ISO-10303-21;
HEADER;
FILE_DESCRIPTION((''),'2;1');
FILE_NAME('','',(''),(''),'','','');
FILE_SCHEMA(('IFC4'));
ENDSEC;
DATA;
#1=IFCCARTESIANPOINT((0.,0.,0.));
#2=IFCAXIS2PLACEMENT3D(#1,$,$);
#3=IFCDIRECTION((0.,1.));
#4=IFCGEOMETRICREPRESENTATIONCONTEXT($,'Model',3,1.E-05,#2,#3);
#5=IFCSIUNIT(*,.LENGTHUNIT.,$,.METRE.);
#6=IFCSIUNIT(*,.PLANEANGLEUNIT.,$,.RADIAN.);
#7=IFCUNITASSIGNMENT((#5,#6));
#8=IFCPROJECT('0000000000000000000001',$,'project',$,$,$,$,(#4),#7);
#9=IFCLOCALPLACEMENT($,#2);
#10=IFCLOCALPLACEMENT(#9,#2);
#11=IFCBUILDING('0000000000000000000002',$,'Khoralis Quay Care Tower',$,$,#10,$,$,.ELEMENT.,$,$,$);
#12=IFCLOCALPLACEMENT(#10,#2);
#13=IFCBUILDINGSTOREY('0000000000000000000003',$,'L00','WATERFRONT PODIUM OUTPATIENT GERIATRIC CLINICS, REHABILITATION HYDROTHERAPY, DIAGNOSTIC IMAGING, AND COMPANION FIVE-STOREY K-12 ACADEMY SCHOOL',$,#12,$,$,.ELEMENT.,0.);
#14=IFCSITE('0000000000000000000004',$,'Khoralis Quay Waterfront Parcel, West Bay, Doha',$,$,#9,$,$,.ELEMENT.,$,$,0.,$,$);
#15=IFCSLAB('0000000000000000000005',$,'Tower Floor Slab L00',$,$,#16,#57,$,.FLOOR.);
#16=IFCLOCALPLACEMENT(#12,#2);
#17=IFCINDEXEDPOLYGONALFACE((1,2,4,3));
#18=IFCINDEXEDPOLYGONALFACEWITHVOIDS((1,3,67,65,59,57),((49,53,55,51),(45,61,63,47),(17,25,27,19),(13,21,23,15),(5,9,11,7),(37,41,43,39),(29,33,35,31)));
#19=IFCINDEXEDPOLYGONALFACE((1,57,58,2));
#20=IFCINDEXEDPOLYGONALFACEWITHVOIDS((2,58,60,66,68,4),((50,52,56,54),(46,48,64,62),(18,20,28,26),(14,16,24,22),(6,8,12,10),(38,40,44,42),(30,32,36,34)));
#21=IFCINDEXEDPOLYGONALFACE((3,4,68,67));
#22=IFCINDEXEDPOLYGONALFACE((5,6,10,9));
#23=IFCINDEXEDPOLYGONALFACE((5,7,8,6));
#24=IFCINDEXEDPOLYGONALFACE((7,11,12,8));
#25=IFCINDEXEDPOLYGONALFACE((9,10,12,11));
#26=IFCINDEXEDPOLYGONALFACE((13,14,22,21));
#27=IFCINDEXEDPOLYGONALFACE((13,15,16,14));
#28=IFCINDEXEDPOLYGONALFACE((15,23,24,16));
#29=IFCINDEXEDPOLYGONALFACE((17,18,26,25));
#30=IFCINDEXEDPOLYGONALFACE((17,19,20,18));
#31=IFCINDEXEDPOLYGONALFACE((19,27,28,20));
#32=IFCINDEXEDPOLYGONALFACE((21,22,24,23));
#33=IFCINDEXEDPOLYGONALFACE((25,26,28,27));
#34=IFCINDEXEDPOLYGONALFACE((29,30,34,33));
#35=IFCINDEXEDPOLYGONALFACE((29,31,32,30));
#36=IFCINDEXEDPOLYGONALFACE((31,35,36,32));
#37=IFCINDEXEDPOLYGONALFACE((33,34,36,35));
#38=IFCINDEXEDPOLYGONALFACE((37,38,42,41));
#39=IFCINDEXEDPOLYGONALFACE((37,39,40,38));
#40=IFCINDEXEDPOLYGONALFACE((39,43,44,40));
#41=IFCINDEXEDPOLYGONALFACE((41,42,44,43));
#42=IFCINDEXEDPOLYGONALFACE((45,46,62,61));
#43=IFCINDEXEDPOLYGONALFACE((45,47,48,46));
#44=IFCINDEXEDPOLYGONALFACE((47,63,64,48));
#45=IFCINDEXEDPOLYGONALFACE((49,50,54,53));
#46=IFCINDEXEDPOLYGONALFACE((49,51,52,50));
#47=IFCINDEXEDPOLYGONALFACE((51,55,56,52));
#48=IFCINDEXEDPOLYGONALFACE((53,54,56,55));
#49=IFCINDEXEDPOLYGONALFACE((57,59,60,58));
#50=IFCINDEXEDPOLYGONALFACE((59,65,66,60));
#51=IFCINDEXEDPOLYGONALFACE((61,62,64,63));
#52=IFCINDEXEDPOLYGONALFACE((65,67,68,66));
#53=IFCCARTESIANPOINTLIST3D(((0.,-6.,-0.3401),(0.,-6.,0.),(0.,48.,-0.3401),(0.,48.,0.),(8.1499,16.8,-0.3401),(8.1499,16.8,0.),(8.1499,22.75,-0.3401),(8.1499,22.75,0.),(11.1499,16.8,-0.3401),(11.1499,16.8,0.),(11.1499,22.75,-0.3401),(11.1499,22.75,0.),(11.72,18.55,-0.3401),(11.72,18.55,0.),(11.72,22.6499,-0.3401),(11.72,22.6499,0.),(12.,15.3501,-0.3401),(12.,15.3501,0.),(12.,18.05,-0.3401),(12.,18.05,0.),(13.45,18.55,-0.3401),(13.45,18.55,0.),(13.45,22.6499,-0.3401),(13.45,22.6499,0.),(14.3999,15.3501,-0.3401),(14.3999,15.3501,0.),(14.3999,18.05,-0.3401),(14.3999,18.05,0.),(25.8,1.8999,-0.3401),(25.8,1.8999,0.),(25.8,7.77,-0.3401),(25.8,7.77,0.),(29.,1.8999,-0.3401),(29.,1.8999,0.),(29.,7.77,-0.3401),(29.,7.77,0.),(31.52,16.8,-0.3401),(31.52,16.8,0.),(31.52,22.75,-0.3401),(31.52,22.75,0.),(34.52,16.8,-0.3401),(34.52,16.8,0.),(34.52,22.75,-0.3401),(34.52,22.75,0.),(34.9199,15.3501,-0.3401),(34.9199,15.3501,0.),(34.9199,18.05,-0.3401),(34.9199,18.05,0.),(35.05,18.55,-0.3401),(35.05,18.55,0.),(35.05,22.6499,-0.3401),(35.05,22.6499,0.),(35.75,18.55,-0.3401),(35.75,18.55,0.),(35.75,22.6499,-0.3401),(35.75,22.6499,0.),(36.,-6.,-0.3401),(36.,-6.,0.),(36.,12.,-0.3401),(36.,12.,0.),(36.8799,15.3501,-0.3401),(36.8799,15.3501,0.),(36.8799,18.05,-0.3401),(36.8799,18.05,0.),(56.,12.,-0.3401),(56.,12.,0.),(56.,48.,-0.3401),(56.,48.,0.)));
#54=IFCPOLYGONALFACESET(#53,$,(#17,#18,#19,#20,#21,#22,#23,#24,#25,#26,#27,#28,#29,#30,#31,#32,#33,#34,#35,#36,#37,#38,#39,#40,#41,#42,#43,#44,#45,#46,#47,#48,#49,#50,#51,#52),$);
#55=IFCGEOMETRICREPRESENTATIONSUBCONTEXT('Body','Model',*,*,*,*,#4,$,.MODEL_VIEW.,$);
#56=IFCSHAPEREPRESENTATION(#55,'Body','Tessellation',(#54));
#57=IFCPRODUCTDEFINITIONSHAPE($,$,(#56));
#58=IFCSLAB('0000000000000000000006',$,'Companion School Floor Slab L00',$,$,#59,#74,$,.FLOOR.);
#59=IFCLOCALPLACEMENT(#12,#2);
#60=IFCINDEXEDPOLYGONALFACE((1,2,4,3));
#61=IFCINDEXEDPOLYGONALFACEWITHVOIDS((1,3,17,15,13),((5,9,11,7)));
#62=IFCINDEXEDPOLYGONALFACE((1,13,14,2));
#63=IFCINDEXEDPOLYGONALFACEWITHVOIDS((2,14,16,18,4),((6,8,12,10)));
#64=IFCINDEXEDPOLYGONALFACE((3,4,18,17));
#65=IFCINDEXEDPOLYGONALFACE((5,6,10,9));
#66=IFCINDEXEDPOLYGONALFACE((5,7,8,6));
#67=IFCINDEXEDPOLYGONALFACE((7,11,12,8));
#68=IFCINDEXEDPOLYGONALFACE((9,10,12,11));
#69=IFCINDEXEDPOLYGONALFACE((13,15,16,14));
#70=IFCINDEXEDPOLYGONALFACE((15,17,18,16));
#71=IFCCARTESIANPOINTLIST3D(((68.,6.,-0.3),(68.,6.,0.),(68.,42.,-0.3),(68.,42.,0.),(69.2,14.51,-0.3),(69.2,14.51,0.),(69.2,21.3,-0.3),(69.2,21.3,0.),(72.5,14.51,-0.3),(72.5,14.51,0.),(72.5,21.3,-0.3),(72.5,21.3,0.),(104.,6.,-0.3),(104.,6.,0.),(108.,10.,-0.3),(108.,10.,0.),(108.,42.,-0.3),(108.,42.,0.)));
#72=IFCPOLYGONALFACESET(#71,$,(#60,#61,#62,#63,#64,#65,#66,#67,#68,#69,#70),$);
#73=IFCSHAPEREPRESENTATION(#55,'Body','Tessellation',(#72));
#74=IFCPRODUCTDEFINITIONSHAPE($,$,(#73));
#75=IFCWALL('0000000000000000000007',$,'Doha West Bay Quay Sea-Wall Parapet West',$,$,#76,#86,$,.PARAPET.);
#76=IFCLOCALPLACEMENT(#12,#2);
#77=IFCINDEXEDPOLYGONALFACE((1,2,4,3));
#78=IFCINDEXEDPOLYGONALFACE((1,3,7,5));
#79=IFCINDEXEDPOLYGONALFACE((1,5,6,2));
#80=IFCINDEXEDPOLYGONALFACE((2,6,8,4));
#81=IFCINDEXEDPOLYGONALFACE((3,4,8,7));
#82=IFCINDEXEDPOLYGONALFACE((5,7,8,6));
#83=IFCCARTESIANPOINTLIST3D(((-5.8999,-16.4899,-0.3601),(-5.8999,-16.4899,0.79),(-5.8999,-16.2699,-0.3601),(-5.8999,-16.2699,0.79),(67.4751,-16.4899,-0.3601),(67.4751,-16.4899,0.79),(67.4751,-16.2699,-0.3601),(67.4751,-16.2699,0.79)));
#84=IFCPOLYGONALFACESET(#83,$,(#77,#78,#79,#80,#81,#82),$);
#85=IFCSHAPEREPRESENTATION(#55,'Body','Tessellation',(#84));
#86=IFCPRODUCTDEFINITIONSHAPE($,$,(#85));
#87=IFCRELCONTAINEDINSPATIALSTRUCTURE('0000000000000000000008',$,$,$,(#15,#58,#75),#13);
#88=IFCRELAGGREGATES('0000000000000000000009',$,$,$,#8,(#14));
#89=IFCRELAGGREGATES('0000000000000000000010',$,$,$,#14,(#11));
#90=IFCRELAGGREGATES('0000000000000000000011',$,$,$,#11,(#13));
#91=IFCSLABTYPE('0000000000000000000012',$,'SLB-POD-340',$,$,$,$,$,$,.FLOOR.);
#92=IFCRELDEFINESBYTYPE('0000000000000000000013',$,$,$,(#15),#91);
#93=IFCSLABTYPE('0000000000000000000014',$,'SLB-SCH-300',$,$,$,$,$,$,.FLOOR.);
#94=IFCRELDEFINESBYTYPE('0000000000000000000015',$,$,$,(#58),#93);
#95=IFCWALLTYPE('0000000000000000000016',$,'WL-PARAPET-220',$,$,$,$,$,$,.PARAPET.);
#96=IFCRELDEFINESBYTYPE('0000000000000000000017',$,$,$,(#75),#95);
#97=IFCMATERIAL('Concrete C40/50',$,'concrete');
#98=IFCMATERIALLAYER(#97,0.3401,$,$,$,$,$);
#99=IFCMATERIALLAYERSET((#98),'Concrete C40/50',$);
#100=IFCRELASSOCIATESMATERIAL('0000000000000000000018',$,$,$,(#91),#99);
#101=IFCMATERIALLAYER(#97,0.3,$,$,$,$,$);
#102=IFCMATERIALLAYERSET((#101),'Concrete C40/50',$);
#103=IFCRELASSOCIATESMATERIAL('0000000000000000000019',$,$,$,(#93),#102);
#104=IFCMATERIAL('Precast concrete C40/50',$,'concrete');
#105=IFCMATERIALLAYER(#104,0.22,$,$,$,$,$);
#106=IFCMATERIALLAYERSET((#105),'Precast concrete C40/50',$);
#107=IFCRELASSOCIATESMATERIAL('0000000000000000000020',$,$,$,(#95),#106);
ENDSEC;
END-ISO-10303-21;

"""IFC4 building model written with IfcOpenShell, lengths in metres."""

from ifc_helpers import new_model, si_unit, direction, frame, frame_2d, origin, place, context, subcontext, project, spatial, polyline, rectangle, outline, extrude, material, layer, layer_set, type_object, element, save


model = new_model("IFC4")

# Units and contexts
model_context = context("Model", 3, precision=1e-05, world=origin(), true_north=direction((0.0, 1.0)))
body_context = subcontext(model_context, "Body", "Model", "MODEL_VIEW")
ifc_project = project(units=[si_unit("LENGTHUNIT", "METRE"), si_unit("PLANEANGLEUNIT", "RADIAN")], contexts=[model_context])

# Site, building, storey
site_placement = place(None, origin())
site = spatial("IfcSite", under=ifc_project, at=site_placement, Name="Khoralis Quay Waterfront Parcel, West Bay, Doha", CompositionType="ELEMENT", RefElevation=0.0)
building_placement = place(site_placement, origin())
building = spatial("IfcBuilding", under=site, at=building_placement, Name="Khoralis Quay Care Tower", CompositionType="ELEMENT")
storey_placement = place(building_placement, origin())
storey = spatial("IfcBuildingStorey", under=building, at=storey_placement, Name="L00", Description="WATERFRONT PODIUM OUTPATIENT GERIATRIC CLINICS, REHABILITATION HYDROTHERAPY, DIAGNOSTIC IMAGING, AND COMPANION FIVE-STOREY K-12 ACADEMY SCHOOL", CompositionType="ELEMENT", Elevation=0.0)

# Slabs
ifc_material_1 = material(Name="Concrete C40/50", Category="concrete")
ifc_layer_1 = layer(ifc_material_1, 0.3401)
ifc_layer_set_1 = layer_set([ifc_layer_1], Name="Concrete C40/50")
slab_type_1 = type_object("IfcSlabType", Name="SLB-POD-340", PredefinedType="FLOOR", material=ifc_layer_set_1)
slab_1_placement = place(storey_placement, frame((0.0, 0.0, -0.3401)))
element("IfcSlab", 1, at=slab_1_placement, inside=storey, type_object=slab_type_1, Name="Tower Floor Slab L00", PredefinedType="FLOOR", context=body_context, shape_type="SweptSolid", body=[
    extrude(outline(polyline([(0.0, -6.0), (36.0, -6.0), (36.0, 12.0), (56.0, 12.0), (56.0, 48.0), (0.0, 48.0), (0.0, -6.0)]), holes=[polyline([(11.1499, 16.8), (11.1499, 22.75), (8.1499, 22.75), (8.1499, 16.8), (11.1499, 16.8)]), polyline([(34.52, 16.8), (34.52, 22.75), (31.52, 22.75), (31.52, 16.8), (34.52, 16.8)]), polyline([(25.8, 7.77), (25.8, 1.8999), (29.0, 1.8999), (29.0, 7.77), (25.8, 7.77)]), polyline([(12.0, 15.3501), (14.3999, 15.3501), (14.3999, 18.05), (12.0, 18.05), (12.0, 15.3501)]), polyline([(34.9199, 15.3501), (36.8799, 15.3501), (36.8799, 18.05), (34.9199, 18.05), (34.9199, 15.3501)]), polyline([(11.72, 18.55), (13.45, 18.55), (13.45, 22.6499), (11.72, 22.6499), (11.72, 18.55)]), polyline([(35.05, 18.55), (35.75, 18.55), (35.75, 22.6499), (35.05, 22.6499), (35.05, 18.55)])]), origin(), (0.0, 0.0, 1.0), 0.3401),
])
ifc_layer_2 = layer(ifc_material_1, 0.3)
ifc_layer_set_2 = layer_set([ifc_layer_2], Name="Concrete C40/50")
slab_type_2 = type_object("IfcSlabType", Name="SLB-SCH-300", PredefinedType="FLOOR", material=ifc_layer_set_2)
slab_2_placement = place(storey_placement, frame((0.0, 0.0, -0.3)))
element("IfcSlab", 2, at=slab_2_placement, inside=storey, type_object=slab_type_2, Name="Companion School Floor Slab L00", PredefinedType="FLOOR", context=body_context, shape_type="SweptSolid", body=[
    extrude(outline(polyline([(68.0, 6.0), (104.0, 6.0), (108.0, 10.0), (108.0, 42.0), (68.0, 42.0), (68.0, 6.0)]), holes=[polyline([(72.5, 14.51), (72.5, 21.3), (69.2, 21.3), (69.2, 14.51), (72.5, 14.51)])]), origin(), (0.0, 0.0, 1.0), 0.3),
])

# Wall
ifc_material_2 = material(Name="Precast concrete C40/50", Category="concrete")
ifc_layer_3 = layer(ifc_material_2, 0.22)
ifc_layer_set_3 = layer_set([ifc_layer_3], Name="Precast concrete C40/50")
wall_type = type_object("IfcWallType", Name="WL-PARAPET-220", PredefinedType="PARAPET", material=ifc_layer_set_3)
wall_placement = place(storey_placement, frame((-5.8999, -16.3799, -0.3601), z_axis=(0.0, 0.0, 1.0), x_axis=(1.0, 0.0, 0.0)))
element("IfcWall", 3, at=wall_placement, inside=storey, type_object=wall_type, Name="Doha West Bay Quay Sea-Wall Parapet West", PredefinedType="PARAPET", context=body_context, shape_type="SweptSolid", body=[
    extrude(rectangle(XDim=73.375, YDim=0.22, at=frame_2d((36.6875, 0.0))), origin(), (0.0, 0.0, 1.0), 1.1501),
])

save(model, "model.ifc")
